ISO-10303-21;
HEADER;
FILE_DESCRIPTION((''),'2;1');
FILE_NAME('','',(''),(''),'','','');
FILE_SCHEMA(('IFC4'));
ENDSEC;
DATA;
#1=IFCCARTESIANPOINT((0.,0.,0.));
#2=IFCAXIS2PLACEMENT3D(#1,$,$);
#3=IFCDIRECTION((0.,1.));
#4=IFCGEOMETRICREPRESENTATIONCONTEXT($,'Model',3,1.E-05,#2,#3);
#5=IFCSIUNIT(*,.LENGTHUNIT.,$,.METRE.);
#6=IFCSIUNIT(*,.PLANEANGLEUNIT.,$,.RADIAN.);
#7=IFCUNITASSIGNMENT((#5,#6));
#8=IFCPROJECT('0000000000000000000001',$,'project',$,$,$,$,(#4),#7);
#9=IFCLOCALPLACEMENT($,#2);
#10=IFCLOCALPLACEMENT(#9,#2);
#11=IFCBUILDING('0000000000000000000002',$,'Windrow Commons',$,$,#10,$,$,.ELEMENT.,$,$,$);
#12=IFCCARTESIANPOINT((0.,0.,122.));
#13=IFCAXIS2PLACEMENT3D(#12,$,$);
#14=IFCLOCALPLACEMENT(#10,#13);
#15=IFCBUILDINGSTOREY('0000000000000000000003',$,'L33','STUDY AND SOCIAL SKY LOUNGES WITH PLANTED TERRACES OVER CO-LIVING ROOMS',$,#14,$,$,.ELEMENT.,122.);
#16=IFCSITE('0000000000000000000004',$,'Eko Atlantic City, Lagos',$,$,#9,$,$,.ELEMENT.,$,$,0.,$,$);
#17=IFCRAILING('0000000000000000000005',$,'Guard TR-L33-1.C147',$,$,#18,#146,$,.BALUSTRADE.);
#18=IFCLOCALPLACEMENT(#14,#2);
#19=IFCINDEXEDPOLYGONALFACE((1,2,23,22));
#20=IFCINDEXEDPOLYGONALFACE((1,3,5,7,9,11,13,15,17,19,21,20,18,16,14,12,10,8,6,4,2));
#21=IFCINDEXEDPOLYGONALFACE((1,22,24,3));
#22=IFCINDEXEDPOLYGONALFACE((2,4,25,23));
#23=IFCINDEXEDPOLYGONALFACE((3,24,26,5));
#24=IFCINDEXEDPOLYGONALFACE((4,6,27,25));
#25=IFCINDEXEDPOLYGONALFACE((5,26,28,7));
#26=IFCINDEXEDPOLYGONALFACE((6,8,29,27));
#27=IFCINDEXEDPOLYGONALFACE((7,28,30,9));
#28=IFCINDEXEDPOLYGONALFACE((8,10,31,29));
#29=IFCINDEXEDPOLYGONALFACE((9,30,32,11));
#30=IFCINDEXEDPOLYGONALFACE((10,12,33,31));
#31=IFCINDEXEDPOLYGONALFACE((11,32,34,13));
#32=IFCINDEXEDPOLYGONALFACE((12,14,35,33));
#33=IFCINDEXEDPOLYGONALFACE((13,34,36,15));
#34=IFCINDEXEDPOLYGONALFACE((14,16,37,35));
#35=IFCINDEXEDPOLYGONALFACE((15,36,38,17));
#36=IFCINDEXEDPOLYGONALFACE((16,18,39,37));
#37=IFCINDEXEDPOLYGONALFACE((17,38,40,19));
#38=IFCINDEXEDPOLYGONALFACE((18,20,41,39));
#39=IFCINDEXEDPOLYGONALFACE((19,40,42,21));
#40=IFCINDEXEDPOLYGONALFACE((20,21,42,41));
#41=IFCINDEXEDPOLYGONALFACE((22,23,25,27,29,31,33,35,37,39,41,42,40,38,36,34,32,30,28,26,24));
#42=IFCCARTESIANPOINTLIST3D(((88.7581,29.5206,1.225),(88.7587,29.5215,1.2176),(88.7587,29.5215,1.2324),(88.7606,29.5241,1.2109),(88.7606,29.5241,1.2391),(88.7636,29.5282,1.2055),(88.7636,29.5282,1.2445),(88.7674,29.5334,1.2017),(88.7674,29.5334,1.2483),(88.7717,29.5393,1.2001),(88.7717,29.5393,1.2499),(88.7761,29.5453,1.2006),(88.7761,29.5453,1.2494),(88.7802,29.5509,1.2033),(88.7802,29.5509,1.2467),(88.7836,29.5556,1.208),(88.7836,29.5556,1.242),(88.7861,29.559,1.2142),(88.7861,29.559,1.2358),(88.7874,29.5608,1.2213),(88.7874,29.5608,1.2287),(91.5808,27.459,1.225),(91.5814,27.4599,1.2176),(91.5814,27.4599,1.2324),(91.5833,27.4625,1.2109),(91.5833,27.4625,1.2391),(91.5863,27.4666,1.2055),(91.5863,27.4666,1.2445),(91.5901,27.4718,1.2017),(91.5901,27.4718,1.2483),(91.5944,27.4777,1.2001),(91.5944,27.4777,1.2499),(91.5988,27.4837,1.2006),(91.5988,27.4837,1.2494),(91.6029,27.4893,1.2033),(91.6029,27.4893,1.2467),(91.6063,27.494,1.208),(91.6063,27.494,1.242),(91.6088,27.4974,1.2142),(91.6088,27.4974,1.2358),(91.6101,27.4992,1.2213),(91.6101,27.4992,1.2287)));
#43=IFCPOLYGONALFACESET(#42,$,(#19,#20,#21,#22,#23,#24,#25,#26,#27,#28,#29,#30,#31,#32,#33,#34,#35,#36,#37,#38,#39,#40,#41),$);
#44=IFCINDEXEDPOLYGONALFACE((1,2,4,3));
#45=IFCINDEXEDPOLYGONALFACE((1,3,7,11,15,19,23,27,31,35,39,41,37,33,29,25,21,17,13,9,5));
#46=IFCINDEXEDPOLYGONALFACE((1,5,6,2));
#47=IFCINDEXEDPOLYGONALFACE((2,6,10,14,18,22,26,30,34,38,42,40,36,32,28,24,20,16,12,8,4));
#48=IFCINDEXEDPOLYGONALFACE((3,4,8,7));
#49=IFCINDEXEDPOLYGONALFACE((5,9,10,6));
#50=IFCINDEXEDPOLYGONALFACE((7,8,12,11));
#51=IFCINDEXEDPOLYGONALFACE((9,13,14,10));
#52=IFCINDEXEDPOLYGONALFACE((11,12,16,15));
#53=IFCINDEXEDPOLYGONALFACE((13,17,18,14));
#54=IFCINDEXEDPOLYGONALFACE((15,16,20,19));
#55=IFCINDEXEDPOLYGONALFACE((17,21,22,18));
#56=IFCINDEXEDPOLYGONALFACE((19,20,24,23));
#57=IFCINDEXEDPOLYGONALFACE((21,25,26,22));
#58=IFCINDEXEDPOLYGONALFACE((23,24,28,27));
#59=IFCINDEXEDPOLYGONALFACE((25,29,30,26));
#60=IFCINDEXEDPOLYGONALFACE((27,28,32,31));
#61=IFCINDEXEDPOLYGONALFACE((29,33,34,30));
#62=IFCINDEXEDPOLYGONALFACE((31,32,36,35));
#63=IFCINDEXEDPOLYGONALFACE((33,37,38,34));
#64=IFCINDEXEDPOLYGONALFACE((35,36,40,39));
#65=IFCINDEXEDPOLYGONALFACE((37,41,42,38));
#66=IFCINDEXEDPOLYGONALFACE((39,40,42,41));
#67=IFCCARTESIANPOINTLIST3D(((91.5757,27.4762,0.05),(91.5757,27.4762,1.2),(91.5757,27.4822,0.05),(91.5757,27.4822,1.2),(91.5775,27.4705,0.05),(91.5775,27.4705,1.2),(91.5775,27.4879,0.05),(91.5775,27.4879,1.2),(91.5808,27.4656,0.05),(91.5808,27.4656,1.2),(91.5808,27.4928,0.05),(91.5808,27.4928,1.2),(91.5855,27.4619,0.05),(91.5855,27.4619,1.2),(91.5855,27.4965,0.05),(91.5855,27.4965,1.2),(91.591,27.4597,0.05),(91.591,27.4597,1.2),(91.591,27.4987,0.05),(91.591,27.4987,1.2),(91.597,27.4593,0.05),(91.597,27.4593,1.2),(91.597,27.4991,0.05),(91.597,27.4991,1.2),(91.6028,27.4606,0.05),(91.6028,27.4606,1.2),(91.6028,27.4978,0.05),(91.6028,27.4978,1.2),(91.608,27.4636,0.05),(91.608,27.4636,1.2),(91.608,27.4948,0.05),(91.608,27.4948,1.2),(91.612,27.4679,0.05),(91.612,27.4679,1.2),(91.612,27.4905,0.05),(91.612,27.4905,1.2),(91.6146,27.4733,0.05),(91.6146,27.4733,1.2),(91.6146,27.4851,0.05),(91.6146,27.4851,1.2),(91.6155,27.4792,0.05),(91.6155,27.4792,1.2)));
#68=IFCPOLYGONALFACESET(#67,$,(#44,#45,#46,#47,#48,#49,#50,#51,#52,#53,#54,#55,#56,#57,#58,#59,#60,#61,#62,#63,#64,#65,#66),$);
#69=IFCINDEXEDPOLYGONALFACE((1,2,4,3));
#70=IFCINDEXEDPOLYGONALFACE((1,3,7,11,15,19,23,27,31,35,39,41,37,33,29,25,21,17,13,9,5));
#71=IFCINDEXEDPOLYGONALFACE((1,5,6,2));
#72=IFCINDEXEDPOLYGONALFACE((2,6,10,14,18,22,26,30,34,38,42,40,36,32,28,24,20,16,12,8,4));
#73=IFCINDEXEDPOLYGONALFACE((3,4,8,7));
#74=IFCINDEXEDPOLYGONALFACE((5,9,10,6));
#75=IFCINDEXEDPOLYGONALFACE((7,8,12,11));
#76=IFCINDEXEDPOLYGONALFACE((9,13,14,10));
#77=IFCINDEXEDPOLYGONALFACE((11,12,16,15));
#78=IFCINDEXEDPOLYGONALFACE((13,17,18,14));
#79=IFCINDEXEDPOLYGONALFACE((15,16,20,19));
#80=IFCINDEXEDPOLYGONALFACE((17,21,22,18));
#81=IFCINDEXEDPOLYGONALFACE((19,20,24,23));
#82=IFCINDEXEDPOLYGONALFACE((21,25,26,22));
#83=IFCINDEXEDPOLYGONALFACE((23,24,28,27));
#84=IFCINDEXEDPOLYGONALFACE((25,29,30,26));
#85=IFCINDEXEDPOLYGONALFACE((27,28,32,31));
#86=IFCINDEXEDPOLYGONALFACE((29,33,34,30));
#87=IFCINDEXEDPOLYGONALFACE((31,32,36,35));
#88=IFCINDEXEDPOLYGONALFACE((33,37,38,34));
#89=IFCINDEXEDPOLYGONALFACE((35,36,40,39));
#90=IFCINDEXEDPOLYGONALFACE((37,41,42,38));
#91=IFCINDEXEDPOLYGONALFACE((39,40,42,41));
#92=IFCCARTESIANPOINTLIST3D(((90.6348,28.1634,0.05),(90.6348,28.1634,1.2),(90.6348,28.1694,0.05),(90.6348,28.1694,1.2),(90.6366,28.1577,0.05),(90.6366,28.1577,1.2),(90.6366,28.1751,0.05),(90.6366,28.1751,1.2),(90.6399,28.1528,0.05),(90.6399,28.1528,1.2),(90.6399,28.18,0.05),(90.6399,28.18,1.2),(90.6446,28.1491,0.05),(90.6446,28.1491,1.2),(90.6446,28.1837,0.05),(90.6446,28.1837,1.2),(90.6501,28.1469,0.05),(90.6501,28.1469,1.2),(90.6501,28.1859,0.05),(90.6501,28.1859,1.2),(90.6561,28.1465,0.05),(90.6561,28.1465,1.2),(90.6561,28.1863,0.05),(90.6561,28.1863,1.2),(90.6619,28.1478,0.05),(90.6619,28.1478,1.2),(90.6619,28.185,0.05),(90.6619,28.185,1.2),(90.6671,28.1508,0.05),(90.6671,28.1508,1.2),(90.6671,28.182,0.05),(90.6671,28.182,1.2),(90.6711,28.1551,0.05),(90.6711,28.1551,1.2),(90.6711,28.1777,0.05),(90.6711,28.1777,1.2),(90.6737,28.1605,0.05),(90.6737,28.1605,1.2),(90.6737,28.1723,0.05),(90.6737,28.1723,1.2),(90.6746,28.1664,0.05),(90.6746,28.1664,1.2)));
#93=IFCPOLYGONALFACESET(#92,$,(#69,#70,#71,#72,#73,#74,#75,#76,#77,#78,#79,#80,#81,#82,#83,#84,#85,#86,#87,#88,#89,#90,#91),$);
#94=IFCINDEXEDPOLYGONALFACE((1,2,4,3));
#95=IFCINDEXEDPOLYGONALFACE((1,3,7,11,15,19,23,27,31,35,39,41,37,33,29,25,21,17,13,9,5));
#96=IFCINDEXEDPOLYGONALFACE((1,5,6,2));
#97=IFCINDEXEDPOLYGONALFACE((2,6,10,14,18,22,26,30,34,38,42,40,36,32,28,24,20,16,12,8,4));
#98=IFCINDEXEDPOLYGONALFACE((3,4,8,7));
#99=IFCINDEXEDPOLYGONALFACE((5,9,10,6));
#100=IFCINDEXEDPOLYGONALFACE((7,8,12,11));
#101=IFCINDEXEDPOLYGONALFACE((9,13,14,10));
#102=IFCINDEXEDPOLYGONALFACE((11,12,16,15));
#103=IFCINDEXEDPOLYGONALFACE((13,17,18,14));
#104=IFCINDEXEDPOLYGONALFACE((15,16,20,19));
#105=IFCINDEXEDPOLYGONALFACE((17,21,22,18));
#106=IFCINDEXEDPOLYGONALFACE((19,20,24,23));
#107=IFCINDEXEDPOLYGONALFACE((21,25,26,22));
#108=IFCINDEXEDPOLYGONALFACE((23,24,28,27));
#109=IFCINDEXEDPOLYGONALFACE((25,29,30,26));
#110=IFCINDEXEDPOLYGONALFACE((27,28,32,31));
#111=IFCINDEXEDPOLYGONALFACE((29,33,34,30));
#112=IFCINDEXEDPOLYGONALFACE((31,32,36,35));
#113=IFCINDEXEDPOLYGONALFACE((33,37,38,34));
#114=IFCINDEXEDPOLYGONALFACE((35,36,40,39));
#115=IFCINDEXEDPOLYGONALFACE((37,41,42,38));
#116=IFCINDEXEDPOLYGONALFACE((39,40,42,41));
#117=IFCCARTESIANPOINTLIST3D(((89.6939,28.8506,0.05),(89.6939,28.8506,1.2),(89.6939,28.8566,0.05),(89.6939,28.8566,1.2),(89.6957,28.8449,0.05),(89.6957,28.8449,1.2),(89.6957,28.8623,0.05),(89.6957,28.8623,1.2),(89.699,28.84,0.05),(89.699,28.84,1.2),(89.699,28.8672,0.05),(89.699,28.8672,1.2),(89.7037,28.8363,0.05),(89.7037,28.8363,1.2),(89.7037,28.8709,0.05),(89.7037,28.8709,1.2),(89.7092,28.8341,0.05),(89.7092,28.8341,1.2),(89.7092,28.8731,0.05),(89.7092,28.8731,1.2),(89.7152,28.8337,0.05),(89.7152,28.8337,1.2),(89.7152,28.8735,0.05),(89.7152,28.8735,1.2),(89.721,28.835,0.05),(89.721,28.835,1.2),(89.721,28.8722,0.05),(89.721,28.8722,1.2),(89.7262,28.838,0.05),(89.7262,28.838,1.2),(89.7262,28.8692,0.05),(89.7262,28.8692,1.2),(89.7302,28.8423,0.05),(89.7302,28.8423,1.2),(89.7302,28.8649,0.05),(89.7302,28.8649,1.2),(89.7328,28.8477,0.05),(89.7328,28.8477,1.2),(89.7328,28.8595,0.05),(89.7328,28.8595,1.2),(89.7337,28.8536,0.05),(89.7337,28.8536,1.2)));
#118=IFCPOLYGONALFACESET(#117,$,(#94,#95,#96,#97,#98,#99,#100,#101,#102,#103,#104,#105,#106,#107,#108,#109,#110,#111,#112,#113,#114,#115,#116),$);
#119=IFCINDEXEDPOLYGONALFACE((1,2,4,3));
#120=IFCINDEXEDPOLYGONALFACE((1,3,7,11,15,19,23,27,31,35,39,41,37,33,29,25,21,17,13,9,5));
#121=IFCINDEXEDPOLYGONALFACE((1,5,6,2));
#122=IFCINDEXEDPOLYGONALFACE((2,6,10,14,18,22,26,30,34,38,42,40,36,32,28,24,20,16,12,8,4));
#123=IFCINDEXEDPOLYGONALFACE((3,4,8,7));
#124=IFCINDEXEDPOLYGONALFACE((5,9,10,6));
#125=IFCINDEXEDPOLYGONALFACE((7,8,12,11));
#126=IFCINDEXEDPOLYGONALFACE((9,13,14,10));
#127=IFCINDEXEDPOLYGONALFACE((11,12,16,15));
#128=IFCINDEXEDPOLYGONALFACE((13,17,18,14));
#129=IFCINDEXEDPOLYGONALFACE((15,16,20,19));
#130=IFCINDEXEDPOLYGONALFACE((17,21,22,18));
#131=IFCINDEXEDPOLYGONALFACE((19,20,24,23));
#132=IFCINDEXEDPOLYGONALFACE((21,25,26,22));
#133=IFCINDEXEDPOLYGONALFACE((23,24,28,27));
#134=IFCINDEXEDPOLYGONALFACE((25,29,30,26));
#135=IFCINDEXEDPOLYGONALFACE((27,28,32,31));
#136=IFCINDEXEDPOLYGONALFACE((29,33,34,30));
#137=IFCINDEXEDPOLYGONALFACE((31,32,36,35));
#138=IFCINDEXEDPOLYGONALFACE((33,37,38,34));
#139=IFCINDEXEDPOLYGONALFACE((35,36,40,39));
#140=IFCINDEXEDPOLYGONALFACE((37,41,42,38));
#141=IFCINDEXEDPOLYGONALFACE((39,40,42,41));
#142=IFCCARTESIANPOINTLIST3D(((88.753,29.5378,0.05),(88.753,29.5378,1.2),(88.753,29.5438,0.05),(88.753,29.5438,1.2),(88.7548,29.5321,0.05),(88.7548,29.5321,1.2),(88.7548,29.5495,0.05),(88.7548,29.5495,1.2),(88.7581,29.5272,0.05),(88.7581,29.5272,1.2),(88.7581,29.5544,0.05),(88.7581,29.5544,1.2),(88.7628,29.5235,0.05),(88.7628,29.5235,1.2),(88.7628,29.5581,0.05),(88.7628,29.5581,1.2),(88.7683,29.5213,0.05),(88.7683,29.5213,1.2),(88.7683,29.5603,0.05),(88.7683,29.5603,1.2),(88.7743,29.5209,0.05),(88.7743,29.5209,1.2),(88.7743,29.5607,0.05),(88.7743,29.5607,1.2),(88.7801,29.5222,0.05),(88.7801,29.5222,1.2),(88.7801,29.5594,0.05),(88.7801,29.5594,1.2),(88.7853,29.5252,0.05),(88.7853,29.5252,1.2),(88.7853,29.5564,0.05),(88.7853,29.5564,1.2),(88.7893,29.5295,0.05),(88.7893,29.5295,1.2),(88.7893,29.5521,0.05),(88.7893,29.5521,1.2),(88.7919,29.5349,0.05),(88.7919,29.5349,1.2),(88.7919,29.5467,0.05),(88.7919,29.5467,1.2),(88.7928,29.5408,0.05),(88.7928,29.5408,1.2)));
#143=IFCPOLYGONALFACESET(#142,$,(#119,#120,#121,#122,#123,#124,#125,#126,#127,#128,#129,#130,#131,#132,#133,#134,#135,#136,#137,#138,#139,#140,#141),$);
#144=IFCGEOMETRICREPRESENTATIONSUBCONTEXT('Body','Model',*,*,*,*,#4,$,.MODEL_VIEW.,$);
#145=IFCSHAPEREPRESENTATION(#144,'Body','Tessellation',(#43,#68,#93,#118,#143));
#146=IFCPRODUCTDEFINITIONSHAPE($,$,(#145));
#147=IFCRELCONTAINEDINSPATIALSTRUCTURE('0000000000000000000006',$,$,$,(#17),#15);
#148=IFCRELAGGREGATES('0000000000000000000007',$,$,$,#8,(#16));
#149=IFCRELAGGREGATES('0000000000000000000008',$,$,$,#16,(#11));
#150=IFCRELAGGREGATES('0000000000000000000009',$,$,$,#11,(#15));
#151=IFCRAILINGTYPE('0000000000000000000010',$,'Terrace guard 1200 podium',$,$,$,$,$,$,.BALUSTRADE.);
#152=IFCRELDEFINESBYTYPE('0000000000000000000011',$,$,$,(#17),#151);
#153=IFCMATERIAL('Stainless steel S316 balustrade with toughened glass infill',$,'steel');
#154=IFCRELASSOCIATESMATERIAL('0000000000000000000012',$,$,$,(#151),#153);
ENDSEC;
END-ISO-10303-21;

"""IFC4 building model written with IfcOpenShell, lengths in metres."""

from ifc_helpers import new_model, si_unit, direction, frame, origin, origin_2d, place, context, subcontext, project, spatial, circle, extrude, material, type_object, element, save


model = new_model("IFC4")

# Units and contexts
model_context = context("Model", 3, precision=1e-05, world=origin(), true_north=direction((0.0, 1.0)))
body_context = subcontext(model_context, "Body", "Model", "MODEL_VIEW")
ifc_project = project(units=[si_unit("LENGTHUNIT", "METRE"), si_unit("PLANEANGLEUNIT", "RADIAN")], contexts=[model_context])

# Site, building, storey
site_placement = place(None, origin())
site = spatial("IfcSite", under=ifc_project, at=site_placement, Name="Eko Atlantic City, Lagos", CompositionType="ELEMENT", RefElevation=0.0)
building_placement = place(site_placement, origin())
building = spatial("IfcBuilding", under=site, at=building_placement, Name="Windrow Commons", CompositionType="ELEMENT")
storey_placement = place(building_placement, frame((0.0, 0.0, 122.0)))
storey = spatial("IfcBuildingStorey", under=building, at=storey_placement, Name="L33", Description="STUDY AND SOCIAL SKY LOUNGES WITH PLANTED TERRACES OVER CO-LIVING ROOMS", CompositionType="ELEMENT", Elevation=122.0)

# Railing
ifc_material_1 = material(Name="Stainless steel S316 balustrade with toughened glass infill", Category="steel")
railing_type = type_object("IfcRailingType", Name="Terrace guard 1200 podium", PredefinedType="BALUSTRADE", material=ifc_material_1)
railing_1_placement = place(storey_placement, frame((91.5955, 27.4792, 0.05)))
element("IfcRailing", 1, at=railing_1_placement, inside=storey, type_object=railing_type, Name="Guard TR-L33-1.C147", PredefinedType="BALUSTRADE", context=body_context, shape_type="SweptSolid", body=[
    extrude(circle(Radius=0.025, at=origin_2d()), frame((0.0, 0.0, 1.175), z_axis=(-0.807547, 0.589804, 0.0), x_axis=(-0.589804, -0.807547, 0.0)), (0.0, 0.0, 1.0), 3.4954),
    extrude(circle(Radius=0.02, at=origin_2d()), origin(), (0.0, 0.0, 1.0), 1.15),
    extrude(circle(Radius=0.02, at=origin_2d()), frame((-0.9409, 0.6872, 0.0)), (0.0, 0.0, 1.0), 1.15),
    extrude(circle(Radius=0.02, at=origin_2d()), frame((-1.8818, 1.3744, 0.0)), (0.0, 0.0, 1.0), 1.15),
    extrude(circle(Radius=0.02, at=origin_2d()), frame((-2.8227, 2.0616, 0.0)), (0.0, 0.0, 1.0), 1.15),
])

save(model, "model.ifc")
